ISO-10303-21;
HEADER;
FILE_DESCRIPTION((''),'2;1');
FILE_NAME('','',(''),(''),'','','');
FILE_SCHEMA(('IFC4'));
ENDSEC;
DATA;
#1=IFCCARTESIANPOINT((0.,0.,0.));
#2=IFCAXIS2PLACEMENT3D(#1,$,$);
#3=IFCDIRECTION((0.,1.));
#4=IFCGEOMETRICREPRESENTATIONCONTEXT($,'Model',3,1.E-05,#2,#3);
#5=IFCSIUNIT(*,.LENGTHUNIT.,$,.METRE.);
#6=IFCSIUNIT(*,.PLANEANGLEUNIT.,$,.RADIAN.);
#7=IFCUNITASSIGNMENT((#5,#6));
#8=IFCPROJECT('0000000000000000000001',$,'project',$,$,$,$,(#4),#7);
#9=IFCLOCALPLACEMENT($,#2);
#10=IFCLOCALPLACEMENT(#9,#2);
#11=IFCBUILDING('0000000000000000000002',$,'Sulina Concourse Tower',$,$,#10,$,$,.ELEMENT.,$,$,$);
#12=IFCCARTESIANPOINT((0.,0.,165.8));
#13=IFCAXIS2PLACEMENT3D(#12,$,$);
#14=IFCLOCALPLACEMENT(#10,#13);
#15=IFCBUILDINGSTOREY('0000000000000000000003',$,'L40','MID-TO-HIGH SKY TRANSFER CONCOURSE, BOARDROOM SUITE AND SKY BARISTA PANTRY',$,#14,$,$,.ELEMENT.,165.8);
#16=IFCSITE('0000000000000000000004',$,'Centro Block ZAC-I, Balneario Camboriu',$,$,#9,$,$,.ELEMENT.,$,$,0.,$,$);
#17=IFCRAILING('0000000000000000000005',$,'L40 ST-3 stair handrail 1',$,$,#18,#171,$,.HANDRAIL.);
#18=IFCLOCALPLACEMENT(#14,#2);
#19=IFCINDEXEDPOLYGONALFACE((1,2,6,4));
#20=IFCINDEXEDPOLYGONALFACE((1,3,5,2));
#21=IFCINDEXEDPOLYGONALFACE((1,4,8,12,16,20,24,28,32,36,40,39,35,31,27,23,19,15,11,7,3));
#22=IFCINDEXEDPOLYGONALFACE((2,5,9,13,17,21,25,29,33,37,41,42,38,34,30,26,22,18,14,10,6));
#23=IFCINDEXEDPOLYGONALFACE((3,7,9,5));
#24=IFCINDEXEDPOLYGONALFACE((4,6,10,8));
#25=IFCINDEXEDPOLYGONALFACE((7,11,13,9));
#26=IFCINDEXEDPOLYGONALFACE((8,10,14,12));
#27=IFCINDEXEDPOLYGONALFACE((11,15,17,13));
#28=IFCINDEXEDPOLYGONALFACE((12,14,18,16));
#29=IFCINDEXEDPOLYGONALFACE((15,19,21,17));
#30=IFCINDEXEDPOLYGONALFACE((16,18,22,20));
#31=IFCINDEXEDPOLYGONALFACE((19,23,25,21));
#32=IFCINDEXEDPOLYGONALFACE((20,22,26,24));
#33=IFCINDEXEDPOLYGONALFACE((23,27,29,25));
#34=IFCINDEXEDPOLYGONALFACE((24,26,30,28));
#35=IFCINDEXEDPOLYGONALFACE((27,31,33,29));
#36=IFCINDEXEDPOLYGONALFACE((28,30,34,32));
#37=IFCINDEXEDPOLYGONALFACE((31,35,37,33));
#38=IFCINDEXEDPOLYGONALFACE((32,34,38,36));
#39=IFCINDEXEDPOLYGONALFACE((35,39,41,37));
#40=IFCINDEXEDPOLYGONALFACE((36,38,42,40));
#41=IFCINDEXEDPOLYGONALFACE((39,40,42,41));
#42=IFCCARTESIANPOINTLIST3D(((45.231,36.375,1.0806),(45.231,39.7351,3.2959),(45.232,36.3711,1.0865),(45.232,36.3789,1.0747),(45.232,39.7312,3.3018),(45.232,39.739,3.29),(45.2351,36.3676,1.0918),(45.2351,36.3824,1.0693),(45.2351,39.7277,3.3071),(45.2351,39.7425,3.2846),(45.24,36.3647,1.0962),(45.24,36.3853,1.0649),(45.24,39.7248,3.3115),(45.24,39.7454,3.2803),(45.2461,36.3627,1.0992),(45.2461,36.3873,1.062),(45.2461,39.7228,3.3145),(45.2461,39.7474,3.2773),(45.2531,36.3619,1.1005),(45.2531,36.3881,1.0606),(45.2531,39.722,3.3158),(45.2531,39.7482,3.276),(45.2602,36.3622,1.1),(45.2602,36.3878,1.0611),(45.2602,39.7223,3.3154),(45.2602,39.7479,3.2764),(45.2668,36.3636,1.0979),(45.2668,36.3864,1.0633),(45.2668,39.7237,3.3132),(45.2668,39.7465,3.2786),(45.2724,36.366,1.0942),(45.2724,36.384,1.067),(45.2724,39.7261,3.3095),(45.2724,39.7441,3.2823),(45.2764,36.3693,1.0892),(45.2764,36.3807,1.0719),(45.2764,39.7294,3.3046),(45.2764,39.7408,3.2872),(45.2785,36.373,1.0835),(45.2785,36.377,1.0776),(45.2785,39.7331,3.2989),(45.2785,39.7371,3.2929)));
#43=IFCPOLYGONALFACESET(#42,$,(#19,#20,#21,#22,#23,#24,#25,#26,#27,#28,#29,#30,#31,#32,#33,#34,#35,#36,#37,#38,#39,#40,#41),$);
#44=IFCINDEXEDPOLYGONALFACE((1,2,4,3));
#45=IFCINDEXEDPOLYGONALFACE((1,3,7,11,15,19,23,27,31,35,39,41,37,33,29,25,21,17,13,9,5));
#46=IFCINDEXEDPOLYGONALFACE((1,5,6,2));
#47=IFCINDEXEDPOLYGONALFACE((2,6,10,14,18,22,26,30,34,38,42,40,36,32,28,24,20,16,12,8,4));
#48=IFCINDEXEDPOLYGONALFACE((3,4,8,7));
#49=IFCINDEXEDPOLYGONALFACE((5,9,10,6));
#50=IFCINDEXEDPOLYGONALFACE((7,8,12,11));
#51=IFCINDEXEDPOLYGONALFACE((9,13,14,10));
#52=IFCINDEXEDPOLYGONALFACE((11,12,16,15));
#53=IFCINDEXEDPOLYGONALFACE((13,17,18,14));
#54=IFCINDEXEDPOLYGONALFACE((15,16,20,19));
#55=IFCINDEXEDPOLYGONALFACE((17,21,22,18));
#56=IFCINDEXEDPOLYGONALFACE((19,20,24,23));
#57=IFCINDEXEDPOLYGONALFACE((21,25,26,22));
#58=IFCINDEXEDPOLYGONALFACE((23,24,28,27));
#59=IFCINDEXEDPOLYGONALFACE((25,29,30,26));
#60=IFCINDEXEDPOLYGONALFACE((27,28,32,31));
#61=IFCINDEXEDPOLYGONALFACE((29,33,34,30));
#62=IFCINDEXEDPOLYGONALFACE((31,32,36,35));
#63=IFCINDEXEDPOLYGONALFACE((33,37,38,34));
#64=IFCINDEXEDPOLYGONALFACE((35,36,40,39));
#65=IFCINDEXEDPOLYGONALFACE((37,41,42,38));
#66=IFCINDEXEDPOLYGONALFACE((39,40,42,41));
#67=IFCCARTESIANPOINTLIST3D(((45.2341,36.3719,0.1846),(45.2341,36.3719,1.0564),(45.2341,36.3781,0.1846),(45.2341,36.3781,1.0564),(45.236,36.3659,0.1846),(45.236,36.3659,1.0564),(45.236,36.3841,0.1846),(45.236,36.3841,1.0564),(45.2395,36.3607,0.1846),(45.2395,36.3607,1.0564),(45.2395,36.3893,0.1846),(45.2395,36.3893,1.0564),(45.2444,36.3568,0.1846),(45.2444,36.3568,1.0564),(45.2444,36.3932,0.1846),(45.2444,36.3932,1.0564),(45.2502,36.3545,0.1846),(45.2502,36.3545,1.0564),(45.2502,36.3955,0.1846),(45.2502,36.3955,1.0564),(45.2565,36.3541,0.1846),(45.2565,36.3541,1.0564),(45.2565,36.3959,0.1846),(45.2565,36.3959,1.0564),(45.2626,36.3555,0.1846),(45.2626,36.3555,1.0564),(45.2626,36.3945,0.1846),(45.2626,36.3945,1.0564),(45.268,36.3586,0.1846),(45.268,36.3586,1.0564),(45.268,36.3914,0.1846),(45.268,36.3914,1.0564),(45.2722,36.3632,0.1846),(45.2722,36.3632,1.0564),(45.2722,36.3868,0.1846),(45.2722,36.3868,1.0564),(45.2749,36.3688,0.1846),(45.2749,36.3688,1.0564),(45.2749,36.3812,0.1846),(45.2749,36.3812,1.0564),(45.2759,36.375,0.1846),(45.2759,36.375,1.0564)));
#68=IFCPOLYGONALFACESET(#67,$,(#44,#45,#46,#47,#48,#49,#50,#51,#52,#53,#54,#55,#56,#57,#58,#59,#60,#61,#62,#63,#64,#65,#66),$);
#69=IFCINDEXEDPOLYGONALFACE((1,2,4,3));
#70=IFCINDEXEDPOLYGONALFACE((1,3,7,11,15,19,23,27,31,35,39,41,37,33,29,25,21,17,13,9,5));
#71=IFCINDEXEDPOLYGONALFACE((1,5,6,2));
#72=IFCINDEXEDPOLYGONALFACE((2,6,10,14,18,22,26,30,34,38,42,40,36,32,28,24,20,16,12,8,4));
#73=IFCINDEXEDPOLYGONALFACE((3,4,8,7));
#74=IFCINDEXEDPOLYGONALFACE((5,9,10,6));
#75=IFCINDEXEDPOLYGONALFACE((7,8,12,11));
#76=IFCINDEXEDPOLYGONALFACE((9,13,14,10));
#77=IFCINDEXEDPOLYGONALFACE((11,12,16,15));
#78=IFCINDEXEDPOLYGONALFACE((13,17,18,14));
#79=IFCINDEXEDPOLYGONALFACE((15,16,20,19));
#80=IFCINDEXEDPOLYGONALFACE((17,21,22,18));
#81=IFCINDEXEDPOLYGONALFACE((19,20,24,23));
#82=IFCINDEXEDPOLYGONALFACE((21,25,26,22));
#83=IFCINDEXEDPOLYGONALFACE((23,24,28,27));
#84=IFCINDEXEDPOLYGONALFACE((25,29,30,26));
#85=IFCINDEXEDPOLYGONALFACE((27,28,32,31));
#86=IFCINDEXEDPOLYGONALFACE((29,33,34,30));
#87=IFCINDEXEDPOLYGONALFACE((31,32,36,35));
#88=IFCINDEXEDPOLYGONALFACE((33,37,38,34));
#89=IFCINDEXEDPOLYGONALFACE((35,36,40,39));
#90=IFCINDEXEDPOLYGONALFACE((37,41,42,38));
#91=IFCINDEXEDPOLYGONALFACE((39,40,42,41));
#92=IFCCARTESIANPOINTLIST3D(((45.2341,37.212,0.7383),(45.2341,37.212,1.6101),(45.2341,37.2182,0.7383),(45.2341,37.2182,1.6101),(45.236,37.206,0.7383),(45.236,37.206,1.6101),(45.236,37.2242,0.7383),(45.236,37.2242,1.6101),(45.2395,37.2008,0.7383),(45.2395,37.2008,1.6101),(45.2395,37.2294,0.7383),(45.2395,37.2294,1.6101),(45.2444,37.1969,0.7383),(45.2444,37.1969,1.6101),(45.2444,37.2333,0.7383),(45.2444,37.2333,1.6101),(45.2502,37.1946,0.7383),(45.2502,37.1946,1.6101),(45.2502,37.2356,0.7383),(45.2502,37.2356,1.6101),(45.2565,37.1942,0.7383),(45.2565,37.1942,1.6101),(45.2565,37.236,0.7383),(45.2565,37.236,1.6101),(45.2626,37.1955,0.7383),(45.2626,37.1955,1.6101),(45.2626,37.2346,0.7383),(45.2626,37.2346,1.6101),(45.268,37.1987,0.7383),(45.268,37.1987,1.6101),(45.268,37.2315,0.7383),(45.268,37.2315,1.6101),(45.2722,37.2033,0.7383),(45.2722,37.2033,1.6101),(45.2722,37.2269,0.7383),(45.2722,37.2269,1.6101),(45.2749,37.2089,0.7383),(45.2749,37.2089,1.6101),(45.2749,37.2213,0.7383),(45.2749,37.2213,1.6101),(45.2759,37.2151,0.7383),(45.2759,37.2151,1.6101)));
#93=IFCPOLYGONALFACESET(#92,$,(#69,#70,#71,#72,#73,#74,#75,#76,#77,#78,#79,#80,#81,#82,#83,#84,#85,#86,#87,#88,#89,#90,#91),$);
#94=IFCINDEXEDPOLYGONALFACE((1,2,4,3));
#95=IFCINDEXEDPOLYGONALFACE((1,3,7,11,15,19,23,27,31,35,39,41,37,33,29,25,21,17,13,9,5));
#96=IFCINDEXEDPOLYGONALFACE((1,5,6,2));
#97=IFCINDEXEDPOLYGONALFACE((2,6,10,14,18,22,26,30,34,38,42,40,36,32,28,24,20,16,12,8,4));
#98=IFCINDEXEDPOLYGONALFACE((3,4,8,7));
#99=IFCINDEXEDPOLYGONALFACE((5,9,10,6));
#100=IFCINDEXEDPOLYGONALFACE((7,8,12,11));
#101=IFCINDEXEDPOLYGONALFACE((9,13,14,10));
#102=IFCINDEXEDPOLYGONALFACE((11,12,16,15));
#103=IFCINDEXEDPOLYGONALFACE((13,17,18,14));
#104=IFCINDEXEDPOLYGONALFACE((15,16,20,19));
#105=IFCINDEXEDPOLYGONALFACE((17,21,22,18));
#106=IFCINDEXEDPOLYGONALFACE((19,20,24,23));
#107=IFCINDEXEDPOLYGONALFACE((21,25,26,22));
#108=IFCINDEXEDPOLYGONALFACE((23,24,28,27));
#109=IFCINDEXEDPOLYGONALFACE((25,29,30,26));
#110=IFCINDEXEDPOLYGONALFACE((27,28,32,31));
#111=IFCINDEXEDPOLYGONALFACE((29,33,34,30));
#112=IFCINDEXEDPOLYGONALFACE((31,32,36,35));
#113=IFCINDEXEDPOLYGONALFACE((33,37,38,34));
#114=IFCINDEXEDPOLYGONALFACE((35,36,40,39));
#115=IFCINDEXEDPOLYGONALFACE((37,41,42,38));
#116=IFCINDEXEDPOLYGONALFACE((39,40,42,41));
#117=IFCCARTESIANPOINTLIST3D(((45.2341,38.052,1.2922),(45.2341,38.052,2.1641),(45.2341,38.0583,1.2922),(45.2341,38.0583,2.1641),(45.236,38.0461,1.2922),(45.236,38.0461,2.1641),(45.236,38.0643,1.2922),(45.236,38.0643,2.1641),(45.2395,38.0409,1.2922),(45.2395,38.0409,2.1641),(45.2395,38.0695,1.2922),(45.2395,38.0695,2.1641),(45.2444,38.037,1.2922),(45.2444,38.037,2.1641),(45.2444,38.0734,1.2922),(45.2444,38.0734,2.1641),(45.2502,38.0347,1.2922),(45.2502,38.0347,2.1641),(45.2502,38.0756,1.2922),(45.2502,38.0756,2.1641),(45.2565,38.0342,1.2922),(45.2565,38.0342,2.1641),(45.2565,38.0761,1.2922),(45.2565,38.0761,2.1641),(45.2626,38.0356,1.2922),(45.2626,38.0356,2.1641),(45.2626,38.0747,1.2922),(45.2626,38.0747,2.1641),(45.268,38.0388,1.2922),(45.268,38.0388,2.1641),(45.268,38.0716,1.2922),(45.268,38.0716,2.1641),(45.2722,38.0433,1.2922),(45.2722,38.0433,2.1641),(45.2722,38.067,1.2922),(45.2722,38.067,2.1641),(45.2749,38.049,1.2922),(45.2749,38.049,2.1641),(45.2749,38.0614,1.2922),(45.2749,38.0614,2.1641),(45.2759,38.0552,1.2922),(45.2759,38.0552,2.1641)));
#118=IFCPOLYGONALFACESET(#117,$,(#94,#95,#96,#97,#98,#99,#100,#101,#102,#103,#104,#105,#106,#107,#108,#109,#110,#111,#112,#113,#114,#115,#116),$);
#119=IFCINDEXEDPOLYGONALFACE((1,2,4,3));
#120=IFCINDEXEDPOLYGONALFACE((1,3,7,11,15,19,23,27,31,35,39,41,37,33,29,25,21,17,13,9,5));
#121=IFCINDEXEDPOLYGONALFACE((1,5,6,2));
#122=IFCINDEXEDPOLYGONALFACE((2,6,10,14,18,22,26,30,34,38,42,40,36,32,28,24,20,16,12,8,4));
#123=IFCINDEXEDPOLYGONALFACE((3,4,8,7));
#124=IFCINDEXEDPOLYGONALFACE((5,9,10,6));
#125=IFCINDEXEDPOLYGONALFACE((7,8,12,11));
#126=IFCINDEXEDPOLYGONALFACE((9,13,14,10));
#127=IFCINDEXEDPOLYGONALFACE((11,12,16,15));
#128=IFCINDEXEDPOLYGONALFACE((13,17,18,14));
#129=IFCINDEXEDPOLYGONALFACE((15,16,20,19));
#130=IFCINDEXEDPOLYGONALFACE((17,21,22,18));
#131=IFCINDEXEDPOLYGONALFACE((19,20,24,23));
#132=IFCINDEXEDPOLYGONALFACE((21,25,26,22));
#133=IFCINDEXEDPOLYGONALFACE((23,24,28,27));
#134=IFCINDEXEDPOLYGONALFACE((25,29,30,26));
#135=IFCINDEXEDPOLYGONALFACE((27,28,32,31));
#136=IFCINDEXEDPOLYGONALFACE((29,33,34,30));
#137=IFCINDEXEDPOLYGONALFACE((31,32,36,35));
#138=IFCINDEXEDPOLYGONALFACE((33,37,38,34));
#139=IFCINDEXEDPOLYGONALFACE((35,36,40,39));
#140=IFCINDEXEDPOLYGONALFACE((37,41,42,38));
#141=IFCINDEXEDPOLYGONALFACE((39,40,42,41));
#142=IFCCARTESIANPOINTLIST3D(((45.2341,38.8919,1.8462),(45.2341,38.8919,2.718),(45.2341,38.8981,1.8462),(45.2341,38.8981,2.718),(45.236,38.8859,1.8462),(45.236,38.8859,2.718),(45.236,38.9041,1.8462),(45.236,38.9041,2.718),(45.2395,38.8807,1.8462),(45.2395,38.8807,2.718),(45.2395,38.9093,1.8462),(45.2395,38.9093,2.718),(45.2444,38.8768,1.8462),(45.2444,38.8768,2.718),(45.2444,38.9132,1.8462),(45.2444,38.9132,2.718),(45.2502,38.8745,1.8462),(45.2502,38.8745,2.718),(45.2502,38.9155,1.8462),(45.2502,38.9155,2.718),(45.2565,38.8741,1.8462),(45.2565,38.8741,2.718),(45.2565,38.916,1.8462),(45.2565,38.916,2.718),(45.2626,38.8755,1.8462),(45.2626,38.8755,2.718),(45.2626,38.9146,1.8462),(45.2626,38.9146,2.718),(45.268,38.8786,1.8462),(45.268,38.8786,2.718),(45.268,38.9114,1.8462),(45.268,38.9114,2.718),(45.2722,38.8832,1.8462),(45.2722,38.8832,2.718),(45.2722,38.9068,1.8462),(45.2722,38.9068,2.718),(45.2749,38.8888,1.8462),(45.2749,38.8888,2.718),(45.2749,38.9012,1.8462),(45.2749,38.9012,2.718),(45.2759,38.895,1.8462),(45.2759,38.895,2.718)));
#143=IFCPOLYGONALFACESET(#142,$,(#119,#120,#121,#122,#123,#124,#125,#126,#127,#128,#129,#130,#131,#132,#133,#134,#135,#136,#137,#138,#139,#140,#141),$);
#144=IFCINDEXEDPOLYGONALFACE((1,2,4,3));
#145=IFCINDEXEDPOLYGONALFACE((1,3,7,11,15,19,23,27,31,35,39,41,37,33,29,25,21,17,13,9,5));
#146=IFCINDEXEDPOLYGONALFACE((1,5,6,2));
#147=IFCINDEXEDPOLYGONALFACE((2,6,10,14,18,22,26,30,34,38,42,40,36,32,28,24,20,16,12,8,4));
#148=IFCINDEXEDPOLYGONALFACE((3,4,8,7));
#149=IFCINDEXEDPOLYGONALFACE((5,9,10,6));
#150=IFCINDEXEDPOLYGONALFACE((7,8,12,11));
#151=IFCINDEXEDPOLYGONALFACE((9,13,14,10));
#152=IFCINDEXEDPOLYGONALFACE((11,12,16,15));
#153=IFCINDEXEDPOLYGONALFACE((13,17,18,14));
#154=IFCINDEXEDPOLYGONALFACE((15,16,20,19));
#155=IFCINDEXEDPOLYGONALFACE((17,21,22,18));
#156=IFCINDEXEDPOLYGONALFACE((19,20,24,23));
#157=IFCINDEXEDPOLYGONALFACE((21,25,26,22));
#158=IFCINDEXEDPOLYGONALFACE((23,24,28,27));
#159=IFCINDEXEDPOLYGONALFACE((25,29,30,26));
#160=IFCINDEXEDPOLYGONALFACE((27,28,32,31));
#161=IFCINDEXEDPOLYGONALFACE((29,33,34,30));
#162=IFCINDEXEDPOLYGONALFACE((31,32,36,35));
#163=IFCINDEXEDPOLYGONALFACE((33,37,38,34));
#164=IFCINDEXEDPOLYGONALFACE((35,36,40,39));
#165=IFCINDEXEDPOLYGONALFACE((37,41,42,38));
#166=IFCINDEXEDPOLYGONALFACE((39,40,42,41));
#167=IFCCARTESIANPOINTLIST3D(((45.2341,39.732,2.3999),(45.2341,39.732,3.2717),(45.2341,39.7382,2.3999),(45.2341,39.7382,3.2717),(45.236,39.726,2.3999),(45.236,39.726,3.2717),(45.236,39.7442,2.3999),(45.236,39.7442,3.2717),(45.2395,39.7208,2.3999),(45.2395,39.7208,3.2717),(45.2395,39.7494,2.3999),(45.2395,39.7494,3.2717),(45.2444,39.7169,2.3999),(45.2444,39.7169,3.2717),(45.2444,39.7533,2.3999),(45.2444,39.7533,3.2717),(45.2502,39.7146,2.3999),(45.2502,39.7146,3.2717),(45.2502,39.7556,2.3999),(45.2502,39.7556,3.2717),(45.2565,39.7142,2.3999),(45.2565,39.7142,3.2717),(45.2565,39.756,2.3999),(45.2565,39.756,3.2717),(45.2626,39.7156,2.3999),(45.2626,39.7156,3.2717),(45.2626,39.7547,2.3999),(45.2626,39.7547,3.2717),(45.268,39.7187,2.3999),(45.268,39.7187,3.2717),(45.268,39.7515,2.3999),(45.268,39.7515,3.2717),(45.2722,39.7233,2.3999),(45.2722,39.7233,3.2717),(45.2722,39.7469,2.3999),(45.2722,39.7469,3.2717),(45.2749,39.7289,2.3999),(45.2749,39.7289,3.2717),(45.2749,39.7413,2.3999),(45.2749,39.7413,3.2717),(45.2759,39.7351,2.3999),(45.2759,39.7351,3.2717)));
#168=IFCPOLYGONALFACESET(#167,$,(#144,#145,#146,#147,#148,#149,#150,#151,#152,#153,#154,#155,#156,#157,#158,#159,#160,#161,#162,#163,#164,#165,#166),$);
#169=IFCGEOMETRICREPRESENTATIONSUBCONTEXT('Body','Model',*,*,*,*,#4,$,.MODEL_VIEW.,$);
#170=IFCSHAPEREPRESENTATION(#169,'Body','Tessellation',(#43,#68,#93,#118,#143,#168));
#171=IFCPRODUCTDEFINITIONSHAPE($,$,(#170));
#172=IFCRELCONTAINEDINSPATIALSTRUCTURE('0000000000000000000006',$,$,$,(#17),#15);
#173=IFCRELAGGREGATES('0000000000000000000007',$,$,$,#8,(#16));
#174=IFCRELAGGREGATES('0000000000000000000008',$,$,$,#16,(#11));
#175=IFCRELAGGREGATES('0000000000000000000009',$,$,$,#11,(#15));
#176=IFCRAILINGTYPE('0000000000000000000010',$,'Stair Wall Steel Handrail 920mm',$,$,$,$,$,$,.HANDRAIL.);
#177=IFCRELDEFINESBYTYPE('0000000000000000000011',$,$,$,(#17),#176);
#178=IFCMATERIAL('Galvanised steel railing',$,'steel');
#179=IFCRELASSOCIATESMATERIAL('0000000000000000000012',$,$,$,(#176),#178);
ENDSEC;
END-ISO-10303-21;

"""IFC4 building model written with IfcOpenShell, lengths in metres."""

from ifc_helpers import new_model, si_unit, direction, frame, origin, origin_2d, place, context, subcontext, project, spatial, circle, extrude, material, type_object, element, save


model = new_model("IFC4")

# Units and contexts
model_context = context("Model", 3, precision=1e-05, world=origin(), true_north=direction((0.0, 1.0)))
body_context = subcontext(model_context, "Body", "Model", "MODEL_VIEW")
ifc_project = project(units=[si_unit("LENGTHUNIT", "METRE"), si_unit("PLANEANGLEUNIT", "RADIAN")], contexts=[model_context])

# Site, building, storey
site_placement = place(None, origin())
site = spatial("IfcSite", under=ifc_project, at=site_placement, Name="Centro Block ZAC-I, Balneario Camboriu", CompositionType="ELEMENT", RefElevation=0.0)
building_placement = place(site_placement, origin())
building = spatial("IfcBuilding", under=site, at=building_placement, Name="Sulina Concourse Tower", CompositionType="ELEMENT")
storey_placement = place(building_placement, frame((0.0, 0.0, 165.8)))
storey = spatial("IfcBuildingStorey", under=building, at=storey_placement, Name="L40", Description="MID-TO-HIGH SKY TRANSFER CONCOURSE, BOARDROOM SUITE AND SKY BARISTA PANTRY", CompositionType="ELEMENT", Elevation=165.8)

# Railing
ifc_material_1 = material(Name="Galvanised steel railing", Category="steel")
railing_type_1 = type_object("IfcRailingType", Name="Stair Wall Steel Handrail 920mm", PredefinedType="HANDRAIL", material=ifc_material_1)
railing_1_placement = place(storey_placement, frame((45.2549, 36.375, 0.1846)))
element("IfcRailing", 1, at=railing_1_placement, inside=storey, type_object=railing_type_1, Name="L40 ST-3 stair handrail 1", PredefinedType="HANDRAIL", context=body_context, shape_type="SweptSolid", body=[
    extrude(circle(Radius=0.0239, at=origin_2d()), frame((0.0, 0.0, 0.896), z_axis=(0.0, 0.834876, 0.550437), x_axis=(-1.0, 0.0, 0.0)), (0.0, 0.0, 1.0), 4.0247),
    extrude(circle(Radius=0.021, at=origin_2d()), origin(), (0.0, 0.0, 1.0), 0.8718),
    extrude(circle(Radius=0.021, at=origin_2d()), frame((0.0, 0.8401, 0.5537)), (0.0, 0.0, 1.0), 0.8718),
    extrude(circle(Radius=0.021, at=origin_2d()), frame((0.0, 1.6802, 1.1077)), (0.0, 0.0, 1.0), 0.8718),
    extrude(circle(Radius=0.021, at=origin_2d()), frame((0.0, 2.52, 1.6616)), (0.0, 0.0, 1.0), 0.8718),
    extrude(circle(Radius=0.021, at=origin_2d()), frame((0.0, 3.3601, 2.2153)), (0.0, 0.0, 1.0), 0.8718),
])

save(model, "model.ifc")
